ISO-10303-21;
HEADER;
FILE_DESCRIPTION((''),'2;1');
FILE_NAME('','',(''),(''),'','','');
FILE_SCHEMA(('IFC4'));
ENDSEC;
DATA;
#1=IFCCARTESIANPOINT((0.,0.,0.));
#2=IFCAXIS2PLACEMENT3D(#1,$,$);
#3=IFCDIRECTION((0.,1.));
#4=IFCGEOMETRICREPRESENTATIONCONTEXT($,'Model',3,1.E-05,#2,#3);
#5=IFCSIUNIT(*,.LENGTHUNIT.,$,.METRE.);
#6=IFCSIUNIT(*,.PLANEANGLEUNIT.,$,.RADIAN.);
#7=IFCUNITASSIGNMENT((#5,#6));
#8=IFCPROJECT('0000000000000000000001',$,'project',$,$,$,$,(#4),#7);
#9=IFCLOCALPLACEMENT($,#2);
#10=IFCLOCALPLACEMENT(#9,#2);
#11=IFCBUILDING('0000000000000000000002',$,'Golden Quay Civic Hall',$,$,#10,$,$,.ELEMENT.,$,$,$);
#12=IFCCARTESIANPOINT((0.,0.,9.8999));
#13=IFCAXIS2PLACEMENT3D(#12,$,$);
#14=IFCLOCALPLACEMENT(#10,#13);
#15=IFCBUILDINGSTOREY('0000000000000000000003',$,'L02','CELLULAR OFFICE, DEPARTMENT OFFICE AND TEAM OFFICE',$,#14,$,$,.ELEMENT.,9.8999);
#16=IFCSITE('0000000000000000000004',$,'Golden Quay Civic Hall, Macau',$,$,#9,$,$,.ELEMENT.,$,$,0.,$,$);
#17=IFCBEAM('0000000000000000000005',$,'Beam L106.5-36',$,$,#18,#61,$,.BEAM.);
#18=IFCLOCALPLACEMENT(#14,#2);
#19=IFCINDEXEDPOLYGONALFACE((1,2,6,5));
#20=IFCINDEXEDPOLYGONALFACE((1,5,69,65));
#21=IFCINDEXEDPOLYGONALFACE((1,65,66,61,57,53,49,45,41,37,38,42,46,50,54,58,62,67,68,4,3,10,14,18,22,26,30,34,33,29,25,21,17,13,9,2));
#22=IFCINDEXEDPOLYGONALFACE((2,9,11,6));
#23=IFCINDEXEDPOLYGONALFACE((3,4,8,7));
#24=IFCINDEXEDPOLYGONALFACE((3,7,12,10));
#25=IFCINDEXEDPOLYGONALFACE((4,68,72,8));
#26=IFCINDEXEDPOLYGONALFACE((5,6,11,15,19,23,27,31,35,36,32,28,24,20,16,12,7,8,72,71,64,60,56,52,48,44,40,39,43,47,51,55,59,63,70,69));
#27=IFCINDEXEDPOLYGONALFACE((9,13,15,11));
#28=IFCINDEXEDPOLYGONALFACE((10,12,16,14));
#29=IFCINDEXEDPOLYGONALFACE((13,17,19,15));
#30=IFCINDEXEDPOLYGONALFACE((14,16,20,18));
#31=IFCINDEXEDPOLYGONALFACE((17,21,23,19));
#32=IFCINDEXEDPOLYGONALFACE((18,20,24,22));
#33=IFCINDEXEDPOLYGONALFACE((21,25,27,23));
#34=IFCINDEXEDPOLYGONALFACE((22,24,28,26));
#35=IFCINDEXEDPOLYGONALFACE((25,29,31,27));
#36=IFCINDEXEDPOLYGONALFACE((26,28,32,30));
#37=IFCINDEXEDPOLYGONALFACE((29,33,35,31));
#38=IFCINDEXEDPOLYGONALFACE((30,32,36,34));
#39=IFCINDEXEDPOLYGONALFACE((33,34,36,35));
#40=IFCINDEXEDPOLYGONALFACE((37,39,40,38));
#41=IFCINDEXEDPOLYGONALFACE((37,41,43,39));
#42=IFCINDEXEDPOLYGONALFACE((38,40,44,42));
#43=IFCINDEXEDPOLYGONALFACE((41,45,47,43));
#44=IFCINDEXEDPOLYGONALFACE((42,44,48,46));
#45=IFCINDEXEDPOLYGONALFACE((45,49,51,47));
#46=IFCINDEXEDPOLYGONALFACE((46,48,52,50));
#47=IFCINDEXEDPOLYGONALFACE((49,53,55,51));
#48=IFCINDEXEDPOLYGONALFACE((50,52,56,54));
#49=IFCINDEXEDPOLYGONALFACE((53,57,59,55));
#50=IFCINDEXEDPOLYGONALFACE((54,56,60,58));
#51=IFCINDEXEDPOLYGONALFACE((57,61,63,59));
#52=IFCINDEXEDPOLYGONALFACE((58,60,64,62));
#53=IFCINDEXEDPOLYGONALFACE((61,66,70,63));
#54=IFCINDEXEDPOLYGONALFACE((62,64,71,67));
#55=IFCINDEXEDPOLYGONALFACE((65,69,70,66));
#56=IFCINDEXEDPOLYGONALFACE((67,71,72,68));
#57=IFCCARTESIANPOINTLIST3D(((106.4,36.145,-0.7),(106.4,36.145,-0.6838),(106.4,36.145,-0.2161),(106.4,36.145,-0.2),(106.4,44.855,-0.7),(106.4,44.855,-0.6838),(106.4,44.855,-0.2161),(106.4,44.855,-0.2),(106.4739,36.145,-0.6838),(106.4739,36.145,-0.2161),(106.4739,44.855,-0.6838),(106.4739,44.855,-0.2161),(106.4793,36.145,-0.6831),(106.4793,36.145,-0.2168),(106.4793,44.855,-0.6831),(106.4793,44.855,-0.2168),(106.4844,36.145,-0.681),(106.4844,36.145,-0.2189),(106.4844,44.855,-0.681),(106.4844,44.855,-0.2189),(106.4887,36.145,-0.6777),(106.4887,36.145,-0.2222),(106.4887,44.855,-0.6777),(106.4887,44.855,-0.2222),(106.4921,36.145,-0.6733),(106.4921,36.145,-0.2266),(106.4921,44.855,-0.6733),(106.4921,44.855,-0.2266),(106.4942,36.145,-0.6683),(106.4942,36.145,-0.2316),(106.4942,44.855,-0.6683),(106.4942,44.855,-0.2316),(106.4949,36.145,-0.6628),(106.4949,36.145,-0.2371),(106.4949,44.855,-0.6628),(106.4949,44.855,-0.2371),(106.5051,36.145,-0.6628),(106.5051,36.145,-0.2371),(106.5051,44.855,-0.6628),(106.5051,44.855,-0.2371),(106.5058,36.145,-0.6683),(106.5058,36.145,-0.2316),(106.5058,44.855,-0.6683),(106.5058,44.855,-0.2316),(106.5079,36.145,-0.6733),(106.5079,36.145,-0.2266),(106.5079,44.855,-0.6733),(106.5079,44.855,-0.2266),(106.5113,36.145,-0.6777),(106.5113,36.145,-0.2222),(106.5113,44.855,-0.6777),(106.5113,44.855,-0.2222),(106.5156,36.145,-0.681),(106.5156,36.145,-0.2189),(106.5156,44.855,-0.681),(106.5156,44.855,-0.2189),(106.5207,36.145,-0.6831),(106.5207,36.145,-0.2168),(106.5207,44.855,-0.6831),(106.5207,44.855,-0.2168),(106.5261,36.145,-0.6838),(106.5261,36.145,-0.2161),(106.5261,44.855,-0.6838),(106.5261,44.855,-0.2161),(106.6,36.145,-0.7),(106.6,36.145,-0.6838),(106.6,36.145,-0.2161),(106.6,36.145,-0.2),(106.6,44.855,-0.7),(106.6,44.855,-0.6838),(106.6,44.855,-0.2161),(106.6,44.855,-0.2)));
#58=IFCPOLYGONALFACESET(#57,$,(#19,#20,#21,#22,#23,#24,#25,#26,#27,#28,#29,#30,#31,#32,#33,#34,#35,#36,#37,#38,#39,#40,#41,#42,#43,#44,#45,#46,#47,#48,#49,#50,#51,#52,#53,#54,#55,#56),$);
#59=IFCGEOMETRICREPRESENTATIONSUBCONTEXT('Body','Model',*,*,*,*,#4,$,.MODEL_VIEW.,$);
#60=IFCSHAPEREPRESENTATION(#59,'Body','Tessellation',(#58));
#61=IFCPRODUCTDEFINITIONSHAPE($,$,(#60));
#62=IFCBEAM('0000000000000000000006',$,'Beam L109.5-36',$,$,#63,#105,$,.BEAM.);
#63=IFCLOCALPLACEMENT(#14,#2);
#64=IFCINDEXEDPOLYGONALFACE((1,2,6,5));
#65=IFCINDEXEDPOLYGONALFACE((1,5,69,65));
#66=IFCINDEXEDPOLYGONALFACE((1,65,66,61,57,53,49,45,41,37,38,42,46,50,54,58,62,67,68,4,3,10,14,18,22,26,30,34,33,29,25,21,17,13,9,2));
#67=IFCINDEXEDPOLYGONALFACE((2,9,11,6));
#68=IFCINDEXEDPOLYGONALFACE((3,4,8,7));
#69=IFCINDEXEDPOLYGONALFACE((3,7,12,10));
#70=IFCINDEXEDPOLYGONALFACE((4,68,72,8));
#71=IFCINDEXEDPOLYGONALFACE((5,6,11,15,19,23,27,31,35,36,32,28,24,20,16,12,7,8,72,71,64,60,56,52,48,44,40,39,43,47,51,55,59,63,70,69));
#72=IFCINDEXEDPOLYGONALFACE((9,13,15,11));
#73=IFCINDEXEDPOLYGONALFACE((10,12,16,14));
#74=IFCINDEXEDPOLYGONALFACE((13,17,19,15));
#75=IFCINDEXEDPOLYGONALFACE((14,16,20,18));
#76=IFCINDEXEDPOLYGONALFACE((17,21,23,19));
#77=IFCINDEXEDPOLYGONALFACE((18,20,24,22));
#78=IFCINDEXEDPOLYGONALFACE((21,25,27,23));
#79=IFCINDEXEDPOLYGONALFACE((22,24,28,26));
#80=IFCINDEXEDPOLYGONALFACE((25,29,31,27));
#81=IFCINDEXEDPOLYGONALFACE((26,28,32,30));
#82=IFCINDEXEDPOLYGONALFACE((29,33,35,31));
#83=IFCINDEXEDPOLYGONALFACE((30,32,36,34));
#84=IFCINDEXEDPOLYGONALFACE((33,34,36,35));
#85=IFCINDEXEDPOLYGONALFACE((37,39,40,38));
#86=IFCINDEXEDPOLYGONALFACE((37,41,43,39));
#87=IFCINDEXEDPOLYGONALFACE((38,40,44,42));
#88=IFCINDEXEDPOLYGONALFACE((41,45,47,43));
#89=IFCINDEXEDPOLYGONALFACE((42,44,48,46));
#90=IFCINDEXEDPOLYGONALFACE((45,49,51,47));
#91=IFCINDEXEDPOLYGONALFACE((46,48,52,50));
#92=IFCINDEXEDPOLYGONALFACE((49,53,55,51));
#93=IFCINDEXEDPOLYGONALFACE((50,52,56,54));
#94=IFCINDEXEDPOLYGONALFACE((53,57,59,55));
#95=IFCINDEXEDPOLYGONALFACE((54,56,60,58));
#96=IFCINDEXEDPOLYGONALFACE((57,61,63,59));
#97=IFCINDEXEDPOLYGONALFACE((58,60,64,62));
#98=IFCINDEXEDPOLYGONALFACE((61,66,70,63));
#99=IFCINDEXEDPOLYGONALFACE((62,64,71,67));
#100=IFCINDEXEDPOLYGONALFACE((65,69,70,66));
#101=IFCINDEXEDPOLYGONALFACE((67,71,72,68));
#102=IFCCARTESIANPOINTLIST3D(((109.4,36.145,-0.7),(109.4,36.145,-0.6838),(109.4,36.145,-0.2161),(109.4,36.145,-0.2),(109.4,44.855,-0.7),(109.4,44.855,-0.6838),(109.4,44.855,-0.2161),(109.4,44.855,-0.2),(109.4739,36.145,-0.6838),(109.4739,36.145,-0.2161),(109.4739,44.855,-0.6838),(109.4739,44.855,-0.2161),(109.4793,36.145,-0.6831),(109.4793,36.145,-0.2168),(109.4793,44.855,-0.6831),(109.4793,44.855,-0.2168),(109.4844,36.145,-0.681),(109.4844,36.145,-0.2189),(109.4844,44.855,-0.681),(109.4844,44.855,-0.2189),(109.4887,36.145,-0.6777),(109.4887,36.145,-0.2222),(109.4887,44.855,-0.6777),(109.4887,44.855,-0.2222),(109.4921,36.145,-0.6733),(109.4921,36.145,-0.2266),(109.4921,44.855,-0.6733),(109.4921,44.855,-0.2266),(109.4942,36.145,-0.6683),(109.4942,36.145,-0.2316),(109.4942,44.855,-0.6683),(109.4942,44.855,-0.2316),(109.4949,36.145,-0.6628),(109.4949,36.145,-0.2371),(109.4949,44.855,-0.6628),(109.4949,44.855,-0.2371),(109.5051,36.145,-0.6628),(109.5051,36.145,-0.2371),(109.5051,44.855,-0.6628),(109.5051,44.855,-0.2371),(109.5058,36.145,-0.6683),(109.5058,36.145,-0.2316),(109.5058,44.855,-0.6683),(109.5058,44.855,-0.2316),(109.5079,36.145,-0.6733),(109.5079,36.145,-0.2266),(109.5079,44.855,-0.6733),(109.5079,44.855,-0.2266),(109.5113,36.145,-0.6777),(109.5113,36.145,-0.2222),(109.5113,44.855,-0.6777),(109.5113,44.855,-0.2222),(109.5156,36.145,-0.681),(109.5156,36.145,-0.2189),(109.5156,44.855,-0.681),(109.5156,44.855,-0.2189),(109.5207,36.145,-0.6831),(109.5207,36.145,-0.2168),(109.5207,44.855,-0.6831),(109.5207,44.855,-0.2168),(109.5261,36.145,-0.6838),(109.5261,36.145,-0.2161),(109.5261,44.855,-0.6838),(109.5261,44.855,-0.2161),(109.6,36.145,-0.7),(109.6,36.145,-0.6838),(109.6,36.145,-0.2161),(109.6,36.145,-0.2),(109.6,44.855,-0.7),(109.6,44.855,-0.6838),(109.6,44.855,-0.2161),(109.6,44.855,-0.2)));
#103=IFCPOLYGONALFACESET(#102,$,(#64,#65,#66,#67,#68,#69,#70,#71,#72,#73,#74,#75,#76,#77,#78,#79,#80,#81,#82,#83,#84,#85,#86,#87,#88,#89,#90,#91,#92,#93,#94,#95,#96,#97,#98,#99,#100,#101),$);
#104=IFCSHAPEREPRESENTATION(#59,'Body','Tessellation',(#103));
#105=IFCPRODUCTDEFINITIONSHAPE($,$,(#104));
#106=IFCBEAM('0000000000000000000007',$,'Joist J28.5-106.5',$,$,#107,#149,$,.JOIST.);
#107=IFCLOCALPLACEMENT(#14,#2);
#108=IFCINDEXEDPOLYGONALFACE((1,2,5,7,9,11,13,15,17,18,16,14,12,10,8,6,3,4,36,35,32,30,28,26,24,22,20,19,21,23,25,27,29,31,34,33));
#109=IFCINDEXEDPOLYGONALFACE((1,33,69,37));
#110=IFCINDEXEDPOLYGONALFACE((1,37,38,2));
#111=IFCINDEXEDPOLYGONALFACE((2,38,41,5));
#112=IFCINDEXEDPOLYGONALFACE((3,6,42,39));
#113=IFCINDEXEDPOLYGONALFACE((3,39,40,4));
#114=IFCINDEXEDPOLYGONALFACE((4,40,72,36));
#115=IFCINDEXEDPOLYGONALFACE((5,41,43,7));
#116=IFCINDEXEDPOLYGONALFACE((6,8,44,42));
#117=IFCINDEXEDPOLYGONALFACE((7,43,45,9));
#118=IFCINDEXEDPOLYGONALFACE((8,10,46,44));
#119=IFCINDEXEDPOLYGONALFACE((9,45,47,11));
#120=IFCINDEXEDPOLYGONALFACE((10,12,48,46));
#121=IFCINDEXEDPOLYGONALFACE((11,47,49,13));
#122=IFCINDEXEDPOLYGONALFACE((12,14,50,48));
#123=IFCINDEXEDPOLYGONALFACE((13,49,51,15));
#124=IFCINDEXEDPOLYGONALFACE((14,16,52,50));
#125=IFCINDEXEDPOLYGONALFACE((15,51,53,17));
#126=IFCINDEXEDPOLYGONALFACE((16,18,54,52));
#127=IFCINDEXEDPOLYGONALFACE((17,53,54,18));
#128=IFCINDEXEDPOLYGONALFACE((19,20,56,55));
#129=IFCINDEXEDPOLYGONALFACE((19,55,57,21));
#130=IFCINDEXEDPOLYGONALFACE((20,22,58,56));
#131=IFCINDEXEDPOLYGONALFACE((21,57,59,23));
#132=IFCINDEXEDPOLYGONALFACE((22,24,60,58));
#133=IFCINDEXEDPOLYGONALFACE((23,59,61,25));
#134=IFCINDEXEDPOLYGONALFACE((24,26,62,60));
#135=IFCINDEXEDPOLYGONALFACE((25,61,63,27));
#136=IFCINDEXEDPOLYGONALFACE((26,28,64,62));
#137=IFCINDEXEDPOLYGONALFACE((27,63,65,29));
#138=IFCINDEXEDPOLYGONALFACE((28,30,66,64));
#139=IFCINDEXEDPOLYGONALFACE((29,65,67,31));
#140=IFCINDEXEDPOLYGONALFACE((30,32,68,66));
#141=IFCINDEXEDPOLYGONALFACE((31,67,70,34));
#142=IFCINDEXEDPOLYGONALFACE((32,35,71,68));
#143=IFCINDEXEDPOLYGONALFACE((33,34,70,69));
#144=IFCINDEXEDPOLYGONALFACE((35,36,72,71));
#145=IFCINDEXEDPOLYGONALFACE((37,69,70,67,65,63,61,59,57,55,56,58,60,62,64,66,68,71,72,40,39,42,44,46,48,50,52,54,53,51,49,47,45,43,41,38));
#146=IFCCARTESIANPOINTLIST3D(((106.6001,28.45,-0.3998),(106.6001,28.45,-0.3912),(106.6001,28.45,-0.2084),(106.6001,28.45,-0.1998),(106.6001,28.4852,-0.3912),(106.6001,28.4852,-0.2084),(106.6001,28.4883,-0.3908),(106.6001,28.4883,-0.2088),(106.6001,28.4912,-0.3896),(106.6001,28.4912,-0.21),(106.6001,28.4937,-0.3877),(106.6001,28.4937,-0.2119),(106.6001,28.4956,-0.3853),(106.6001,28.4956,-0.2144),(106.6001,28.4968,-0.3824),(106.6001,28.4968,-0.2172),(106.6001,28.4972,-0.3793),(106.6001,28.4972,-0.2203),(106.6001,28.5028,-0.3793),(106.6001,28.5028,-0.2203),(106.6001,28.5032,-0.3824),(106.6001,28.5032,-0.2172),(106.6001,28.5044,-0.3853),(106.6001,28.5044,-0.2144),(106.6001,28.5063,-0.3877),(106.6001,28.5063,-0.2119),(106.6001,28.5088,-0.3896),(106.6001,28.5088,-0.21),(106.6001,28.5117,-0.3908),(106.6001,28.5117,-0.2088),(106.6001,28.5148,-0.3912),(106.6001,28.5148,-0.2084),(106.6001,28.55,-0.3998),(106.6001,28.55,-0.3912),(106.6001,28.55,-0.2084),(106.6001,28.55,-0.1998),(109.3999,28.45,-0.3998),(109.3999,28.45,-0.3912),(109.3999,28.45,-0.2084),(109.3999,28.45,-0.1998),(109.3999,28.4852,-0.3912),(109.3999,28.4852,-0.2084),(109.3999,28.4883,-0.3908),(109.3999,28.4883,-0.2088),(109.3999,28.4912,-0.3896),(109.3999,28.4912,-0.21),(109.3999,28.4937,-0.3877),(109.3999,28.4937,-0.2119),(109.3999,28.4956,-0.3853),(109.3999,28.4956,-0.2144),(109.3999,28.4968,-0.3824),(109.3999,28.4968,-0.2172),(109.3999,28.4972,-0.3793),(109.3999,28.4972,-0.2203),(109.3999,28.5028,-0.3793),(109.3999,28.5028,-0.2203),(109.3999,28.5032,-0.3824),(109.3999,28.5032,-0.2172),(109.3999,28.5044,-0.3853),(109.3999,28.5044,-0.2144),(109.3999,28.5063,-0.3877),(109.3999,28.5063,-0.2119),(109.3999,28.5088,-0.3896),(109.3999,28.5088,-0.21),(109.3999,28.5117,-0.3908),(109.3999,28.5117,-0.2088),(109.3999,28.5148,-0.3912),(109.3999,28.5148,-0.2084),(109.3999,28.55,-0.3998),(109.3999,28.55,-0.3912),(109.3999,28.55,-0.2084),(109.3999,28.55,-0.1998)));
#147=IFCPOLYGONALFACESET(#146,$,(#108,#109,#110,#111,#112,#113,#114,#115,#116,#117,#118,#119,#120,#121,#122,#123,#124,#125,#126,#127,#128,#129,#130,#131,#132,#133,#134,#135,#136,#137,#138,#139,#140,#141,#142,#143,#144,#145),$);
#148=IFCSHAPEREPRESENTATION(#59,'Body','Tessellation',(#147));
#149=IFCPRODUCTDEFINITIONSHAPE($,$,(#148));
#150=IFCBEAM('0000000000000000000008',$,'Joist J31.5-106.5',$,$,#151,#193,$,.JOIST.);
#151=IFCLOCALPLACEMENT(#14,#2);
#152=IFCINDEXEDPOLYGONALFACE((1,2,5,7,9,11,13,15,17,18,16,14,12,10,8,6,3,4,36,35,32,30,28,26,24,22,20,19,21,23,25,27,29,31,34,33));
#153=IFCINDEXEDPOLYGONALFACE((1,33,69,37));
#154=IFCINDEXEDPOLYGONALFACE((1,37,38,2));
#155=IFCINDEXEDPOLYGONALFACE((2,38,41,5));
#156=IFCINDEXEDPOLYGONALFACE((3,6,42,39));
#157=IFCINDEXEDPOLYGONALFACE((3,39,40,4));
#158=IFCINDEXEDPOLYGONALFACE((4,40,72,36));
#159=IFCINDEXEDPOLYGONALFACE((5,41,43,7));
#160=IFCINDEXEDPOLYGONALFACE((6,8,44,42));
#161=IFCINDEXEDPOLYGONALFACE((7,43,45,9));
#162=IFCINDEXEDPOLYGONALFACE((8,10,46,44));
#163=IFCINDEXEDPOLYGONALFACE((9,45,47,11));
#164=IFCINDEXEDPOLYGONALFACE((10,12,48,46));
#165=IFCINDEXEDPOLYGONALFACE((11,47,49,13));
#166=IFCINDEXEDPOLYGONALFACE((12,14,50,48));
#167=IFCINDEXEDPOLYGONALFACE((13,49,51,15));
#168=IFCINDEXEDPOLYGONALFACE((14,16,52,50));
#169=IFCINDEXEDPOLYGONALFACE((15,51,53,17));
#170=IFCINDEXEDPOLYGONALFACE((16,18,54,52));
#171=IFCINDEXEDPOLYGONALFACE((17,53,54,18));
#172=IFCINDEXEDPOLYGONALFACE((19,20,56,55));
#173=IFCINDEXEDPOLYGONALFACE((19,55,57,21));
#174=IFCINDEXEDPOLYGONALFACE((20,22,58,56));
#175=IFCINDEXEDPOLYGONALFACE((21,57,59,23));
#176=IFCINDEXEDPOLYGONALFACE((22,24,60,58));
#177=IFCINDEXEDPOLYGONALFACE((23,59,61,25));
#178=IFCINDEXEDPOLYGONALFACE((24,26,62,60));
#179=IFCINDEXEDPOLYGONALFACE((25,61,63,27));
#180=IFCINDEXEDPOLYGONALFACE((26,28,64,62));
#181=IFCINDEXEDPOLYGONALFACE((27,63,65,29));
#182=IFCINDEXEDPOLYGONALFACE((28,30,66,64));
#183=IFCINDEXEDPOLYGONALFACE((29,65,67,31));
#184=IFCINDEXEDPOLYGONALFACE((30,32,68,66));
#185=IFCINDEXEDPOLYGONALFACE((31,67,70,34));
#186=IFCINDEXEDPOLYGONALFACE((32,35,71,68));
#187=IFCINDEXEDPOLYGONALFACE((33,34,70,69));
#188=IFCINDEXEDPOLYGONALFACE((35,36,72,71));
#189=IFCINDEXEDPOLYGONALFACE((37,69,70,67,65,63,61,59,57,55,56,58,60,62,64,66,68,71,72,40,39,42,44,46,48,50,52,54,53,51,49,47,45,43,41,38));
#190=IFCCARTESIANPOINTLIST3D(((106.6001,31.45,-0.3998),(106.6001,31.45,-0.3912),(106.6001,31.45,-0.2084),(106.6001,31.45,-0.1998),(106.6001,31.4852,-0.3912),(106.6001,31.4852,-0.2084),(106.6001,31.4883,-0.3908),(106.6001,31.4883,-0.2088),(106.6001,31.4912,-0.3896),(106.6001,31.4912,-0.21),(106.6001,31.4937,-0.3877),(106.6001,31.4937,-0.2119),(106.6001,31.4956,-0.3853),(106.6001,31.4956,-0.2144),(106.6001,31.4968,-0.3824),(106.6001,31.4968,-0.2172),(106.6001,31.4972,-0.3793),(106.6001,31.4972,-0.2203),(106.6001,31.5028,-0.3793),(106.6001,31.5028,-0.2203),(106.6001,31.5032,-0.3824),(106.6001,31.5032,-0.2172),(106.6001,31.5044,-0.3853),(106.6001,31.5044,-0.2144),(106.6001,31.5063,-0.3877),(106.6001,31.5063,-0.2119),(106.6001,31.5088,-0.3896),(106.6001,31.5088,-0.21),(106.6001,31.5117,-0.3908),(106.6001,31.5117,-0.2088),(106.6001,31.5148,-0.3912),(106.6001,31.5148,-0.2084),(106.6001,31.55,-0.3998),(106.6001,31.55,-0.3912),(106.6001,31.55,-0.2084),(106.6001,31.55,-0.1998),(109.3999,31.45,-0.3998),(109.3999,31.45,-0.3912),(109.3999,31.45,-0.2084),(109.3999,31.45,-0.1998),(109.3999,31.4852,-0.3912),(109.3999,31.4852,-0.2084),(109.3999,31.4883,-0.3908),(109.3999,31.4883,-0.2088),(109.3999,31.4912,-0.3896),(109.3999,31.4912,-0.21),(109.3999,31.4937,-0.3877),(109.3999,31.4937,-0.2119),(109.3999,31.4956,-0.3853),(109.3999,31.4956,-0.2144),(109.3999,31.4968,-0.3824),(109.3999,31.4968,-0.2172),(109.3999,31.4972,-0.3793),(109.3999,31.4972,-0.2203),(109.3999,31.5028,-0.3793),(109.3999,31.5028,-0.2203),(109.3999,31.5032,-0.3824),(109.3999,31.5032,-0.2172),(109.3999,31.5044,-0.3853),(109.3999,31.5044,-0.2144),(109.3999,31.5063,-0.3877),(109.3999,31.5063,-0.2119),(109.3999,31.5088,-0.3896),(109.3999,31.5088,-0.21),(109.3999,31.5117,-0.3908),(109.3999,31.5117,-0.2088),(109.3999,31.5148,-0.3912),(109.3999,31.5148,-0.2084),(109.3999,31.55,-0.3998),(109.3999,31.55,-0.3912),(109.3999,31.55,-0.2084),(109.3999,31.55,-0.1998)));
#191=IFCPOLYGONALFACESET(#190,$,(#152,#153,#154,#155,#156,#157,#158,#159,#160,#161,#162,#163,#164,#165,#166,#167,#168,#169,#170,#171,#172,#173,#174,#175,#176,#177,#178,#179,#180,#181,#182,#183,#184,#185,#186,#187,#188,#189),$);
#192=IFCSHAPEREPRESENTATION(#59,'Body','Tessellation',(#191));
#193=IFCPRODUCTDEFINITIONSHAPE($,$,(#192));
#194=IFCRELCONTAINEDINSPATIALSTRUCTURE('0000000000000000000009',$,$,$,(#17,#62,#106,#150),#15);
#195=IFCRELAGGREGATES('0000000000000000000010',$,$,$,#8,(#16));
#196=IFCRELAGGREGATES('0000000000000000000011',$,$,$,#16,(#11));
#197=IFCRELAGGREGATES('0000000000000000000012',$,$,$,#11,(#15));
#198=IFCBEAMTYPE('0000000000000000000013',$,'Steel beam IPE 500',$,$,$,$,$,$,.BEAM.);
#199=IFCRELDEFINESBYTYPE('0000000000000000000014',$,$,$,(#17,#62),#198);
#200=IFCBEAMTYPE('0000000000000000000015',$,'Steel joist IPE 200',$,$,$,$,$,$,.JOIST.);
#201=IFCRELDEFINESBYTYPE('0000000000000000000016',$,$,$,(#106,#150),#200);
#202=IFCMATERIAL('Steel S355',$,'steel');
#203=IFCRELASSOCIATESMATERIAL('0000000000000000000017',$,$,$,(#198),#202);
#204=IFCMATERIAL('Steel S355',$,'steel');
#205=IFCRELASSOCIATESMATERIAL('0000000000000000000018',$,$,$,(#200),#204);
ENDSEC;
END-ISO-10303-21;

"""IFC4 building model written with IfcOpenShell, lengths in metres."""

from ifc_helpers import new_model, si_unit, direction, frame, origin, origin_2d, place, context, subcontext, project, spatial, i_section, extrude, material, material_profile, profile_set, type_object, element, save


model = new_model("IFC4")

# Units and contexts
model_context = context("Model", 3, precision=1e-05, world=origin(), true_north=direction((0.0, 1.0)))
body_context = subcontext(model_context, "Body", "Model", "MODEL_VIEW")
ifc_project = project(units=[si_unit("LENGTHUNIT", "METRE"), si_unit("PLANEANGLEUNIT", "RADIAN")], contexts=[model_context])

# Site, building, storey
site_placement = place(None, origin())
site = spatial("IfcSite", under=ifc_project, at=site_placement, Name="Golden Quay Civic Hall, Macau", CompositionType="ELEMENT", RefElevation=0.0)
building_placement = place(site_placement, origin())
building = spatial("IfcBuilding", under=site, at=building_placement, Name="Golden Quay Civic Hall", CompositionType="ELEMENT")
storey_placement = place(building_placement, frame((0.0, 0.0, 9.8999)))
storey = spatial("IfcBuildingStorey", under=building, at=storey_placement, Name="L02", Description="CELLULAR OFFICE, DEPARTMENT OFFICE AND TEAM OFFICE", CompositionType="ELEMENT", Elevation=9.8999)

# Beams
ifc_material_1 = material(Name="Steel S355", Category="steel")
ifc_material_profile_1 = material_profile(ifc_material_1, i_section(OverallWidth=0.2, OverallDepth=0.5, WebThickness=0.0103, FlangeThickness=0.0161, FilletRadius=0.021, at=origin_2d()), Name="IPE 500")
ifc_profile_set_1 = profile_set([ifc_material_profile_1], Name="Steel S355")
beam_type_1 = type_object("IfcBeamType", Name="Steel beam IPE 500", PredefinedType="BEAM", material=ifc_profile_set_1)
for number, where, z_axis, x_axis, name in (
    (1, (106.5, 36.145, -0.45), (0.0, 1.0, 0.0), (-1.0, 0.0, 0.0), "Beam L106.5-36"),
    (2, (109.5, 36.145, -0.45), (0.0, 1.0, 0.0), (-1.0, 0.0, 0.0), "Beam L109.5-36"),
):
    element("IfcBeam", number, at=place(storey_placement, frame(where, z_axis=z_axis, x_axis=x_axis)), inside=storey, type_object=beam_type_1, Name=name, PredefinedType="BEAM", context=body_context, shape_type="SweptSolid", body=[
        extrude(i_section(OverallWidth=0.2, OverallDepth=0.5, WebThickness=0.0103, FlangeThickness=0.0161, FilletRadius=0.021, at=origin_2d()), origin(), (0.0, 0.0, 1.0), 8.71),
    ])
ifc_material_2 = material(Name="Steel S355", Category="steel")
ifc_material_profile_2 = material_profile(ifc_material_2, i_section(OverallWidth=0.1001, OverallDepth=0.2, WebThickness=0.0056, FlangeThickness=0.0085, FilletRadius=0.012, at=origin_2d()), Name="IPE 200")
ifc_profile_set_2 = profile_set([ifc_material_profile_2], Name="Steel S355")
beam_type_2 = type_object("IfcBeamType", Name="Steel joist IPE 200", PredefinedType="JOIST", material=ifc_profile_set_2)
for number, where, z_axis, x_axis, name in (
    (3, (106.6001, 28.5, -0.2998), (1.0, 0.0, 0.0), (0.0, 1.0, 0.0), "Joist J28.5-106.5"),
    (4, (106.6001, 31.5, -0.2998), (1.0, 0.0, 0.0), (0.0, 1.0, 0.0), "Joist J31.5-106.5"),
):
    element("IfcBeam", number, at=place(storey_placement, frame(where, z_axis=z_axis, x_axis=x_axis)), inside=storey, type_object=beam_type_2, Name=name, PredefinedType="JOIST", context=body_context, shape_type="SweptSolid", body=[
        extrude(i_section(OverallWidth=0.1001, OverallDepth=0.2, WebThickness=0.0056, FlangeThickness=0.0085, FilletRadius=0.012, at=origin_2d()), origin(), (0.0, 0.0, 1.0), 2.7998),
    ])

save(model, "model.ifc")
